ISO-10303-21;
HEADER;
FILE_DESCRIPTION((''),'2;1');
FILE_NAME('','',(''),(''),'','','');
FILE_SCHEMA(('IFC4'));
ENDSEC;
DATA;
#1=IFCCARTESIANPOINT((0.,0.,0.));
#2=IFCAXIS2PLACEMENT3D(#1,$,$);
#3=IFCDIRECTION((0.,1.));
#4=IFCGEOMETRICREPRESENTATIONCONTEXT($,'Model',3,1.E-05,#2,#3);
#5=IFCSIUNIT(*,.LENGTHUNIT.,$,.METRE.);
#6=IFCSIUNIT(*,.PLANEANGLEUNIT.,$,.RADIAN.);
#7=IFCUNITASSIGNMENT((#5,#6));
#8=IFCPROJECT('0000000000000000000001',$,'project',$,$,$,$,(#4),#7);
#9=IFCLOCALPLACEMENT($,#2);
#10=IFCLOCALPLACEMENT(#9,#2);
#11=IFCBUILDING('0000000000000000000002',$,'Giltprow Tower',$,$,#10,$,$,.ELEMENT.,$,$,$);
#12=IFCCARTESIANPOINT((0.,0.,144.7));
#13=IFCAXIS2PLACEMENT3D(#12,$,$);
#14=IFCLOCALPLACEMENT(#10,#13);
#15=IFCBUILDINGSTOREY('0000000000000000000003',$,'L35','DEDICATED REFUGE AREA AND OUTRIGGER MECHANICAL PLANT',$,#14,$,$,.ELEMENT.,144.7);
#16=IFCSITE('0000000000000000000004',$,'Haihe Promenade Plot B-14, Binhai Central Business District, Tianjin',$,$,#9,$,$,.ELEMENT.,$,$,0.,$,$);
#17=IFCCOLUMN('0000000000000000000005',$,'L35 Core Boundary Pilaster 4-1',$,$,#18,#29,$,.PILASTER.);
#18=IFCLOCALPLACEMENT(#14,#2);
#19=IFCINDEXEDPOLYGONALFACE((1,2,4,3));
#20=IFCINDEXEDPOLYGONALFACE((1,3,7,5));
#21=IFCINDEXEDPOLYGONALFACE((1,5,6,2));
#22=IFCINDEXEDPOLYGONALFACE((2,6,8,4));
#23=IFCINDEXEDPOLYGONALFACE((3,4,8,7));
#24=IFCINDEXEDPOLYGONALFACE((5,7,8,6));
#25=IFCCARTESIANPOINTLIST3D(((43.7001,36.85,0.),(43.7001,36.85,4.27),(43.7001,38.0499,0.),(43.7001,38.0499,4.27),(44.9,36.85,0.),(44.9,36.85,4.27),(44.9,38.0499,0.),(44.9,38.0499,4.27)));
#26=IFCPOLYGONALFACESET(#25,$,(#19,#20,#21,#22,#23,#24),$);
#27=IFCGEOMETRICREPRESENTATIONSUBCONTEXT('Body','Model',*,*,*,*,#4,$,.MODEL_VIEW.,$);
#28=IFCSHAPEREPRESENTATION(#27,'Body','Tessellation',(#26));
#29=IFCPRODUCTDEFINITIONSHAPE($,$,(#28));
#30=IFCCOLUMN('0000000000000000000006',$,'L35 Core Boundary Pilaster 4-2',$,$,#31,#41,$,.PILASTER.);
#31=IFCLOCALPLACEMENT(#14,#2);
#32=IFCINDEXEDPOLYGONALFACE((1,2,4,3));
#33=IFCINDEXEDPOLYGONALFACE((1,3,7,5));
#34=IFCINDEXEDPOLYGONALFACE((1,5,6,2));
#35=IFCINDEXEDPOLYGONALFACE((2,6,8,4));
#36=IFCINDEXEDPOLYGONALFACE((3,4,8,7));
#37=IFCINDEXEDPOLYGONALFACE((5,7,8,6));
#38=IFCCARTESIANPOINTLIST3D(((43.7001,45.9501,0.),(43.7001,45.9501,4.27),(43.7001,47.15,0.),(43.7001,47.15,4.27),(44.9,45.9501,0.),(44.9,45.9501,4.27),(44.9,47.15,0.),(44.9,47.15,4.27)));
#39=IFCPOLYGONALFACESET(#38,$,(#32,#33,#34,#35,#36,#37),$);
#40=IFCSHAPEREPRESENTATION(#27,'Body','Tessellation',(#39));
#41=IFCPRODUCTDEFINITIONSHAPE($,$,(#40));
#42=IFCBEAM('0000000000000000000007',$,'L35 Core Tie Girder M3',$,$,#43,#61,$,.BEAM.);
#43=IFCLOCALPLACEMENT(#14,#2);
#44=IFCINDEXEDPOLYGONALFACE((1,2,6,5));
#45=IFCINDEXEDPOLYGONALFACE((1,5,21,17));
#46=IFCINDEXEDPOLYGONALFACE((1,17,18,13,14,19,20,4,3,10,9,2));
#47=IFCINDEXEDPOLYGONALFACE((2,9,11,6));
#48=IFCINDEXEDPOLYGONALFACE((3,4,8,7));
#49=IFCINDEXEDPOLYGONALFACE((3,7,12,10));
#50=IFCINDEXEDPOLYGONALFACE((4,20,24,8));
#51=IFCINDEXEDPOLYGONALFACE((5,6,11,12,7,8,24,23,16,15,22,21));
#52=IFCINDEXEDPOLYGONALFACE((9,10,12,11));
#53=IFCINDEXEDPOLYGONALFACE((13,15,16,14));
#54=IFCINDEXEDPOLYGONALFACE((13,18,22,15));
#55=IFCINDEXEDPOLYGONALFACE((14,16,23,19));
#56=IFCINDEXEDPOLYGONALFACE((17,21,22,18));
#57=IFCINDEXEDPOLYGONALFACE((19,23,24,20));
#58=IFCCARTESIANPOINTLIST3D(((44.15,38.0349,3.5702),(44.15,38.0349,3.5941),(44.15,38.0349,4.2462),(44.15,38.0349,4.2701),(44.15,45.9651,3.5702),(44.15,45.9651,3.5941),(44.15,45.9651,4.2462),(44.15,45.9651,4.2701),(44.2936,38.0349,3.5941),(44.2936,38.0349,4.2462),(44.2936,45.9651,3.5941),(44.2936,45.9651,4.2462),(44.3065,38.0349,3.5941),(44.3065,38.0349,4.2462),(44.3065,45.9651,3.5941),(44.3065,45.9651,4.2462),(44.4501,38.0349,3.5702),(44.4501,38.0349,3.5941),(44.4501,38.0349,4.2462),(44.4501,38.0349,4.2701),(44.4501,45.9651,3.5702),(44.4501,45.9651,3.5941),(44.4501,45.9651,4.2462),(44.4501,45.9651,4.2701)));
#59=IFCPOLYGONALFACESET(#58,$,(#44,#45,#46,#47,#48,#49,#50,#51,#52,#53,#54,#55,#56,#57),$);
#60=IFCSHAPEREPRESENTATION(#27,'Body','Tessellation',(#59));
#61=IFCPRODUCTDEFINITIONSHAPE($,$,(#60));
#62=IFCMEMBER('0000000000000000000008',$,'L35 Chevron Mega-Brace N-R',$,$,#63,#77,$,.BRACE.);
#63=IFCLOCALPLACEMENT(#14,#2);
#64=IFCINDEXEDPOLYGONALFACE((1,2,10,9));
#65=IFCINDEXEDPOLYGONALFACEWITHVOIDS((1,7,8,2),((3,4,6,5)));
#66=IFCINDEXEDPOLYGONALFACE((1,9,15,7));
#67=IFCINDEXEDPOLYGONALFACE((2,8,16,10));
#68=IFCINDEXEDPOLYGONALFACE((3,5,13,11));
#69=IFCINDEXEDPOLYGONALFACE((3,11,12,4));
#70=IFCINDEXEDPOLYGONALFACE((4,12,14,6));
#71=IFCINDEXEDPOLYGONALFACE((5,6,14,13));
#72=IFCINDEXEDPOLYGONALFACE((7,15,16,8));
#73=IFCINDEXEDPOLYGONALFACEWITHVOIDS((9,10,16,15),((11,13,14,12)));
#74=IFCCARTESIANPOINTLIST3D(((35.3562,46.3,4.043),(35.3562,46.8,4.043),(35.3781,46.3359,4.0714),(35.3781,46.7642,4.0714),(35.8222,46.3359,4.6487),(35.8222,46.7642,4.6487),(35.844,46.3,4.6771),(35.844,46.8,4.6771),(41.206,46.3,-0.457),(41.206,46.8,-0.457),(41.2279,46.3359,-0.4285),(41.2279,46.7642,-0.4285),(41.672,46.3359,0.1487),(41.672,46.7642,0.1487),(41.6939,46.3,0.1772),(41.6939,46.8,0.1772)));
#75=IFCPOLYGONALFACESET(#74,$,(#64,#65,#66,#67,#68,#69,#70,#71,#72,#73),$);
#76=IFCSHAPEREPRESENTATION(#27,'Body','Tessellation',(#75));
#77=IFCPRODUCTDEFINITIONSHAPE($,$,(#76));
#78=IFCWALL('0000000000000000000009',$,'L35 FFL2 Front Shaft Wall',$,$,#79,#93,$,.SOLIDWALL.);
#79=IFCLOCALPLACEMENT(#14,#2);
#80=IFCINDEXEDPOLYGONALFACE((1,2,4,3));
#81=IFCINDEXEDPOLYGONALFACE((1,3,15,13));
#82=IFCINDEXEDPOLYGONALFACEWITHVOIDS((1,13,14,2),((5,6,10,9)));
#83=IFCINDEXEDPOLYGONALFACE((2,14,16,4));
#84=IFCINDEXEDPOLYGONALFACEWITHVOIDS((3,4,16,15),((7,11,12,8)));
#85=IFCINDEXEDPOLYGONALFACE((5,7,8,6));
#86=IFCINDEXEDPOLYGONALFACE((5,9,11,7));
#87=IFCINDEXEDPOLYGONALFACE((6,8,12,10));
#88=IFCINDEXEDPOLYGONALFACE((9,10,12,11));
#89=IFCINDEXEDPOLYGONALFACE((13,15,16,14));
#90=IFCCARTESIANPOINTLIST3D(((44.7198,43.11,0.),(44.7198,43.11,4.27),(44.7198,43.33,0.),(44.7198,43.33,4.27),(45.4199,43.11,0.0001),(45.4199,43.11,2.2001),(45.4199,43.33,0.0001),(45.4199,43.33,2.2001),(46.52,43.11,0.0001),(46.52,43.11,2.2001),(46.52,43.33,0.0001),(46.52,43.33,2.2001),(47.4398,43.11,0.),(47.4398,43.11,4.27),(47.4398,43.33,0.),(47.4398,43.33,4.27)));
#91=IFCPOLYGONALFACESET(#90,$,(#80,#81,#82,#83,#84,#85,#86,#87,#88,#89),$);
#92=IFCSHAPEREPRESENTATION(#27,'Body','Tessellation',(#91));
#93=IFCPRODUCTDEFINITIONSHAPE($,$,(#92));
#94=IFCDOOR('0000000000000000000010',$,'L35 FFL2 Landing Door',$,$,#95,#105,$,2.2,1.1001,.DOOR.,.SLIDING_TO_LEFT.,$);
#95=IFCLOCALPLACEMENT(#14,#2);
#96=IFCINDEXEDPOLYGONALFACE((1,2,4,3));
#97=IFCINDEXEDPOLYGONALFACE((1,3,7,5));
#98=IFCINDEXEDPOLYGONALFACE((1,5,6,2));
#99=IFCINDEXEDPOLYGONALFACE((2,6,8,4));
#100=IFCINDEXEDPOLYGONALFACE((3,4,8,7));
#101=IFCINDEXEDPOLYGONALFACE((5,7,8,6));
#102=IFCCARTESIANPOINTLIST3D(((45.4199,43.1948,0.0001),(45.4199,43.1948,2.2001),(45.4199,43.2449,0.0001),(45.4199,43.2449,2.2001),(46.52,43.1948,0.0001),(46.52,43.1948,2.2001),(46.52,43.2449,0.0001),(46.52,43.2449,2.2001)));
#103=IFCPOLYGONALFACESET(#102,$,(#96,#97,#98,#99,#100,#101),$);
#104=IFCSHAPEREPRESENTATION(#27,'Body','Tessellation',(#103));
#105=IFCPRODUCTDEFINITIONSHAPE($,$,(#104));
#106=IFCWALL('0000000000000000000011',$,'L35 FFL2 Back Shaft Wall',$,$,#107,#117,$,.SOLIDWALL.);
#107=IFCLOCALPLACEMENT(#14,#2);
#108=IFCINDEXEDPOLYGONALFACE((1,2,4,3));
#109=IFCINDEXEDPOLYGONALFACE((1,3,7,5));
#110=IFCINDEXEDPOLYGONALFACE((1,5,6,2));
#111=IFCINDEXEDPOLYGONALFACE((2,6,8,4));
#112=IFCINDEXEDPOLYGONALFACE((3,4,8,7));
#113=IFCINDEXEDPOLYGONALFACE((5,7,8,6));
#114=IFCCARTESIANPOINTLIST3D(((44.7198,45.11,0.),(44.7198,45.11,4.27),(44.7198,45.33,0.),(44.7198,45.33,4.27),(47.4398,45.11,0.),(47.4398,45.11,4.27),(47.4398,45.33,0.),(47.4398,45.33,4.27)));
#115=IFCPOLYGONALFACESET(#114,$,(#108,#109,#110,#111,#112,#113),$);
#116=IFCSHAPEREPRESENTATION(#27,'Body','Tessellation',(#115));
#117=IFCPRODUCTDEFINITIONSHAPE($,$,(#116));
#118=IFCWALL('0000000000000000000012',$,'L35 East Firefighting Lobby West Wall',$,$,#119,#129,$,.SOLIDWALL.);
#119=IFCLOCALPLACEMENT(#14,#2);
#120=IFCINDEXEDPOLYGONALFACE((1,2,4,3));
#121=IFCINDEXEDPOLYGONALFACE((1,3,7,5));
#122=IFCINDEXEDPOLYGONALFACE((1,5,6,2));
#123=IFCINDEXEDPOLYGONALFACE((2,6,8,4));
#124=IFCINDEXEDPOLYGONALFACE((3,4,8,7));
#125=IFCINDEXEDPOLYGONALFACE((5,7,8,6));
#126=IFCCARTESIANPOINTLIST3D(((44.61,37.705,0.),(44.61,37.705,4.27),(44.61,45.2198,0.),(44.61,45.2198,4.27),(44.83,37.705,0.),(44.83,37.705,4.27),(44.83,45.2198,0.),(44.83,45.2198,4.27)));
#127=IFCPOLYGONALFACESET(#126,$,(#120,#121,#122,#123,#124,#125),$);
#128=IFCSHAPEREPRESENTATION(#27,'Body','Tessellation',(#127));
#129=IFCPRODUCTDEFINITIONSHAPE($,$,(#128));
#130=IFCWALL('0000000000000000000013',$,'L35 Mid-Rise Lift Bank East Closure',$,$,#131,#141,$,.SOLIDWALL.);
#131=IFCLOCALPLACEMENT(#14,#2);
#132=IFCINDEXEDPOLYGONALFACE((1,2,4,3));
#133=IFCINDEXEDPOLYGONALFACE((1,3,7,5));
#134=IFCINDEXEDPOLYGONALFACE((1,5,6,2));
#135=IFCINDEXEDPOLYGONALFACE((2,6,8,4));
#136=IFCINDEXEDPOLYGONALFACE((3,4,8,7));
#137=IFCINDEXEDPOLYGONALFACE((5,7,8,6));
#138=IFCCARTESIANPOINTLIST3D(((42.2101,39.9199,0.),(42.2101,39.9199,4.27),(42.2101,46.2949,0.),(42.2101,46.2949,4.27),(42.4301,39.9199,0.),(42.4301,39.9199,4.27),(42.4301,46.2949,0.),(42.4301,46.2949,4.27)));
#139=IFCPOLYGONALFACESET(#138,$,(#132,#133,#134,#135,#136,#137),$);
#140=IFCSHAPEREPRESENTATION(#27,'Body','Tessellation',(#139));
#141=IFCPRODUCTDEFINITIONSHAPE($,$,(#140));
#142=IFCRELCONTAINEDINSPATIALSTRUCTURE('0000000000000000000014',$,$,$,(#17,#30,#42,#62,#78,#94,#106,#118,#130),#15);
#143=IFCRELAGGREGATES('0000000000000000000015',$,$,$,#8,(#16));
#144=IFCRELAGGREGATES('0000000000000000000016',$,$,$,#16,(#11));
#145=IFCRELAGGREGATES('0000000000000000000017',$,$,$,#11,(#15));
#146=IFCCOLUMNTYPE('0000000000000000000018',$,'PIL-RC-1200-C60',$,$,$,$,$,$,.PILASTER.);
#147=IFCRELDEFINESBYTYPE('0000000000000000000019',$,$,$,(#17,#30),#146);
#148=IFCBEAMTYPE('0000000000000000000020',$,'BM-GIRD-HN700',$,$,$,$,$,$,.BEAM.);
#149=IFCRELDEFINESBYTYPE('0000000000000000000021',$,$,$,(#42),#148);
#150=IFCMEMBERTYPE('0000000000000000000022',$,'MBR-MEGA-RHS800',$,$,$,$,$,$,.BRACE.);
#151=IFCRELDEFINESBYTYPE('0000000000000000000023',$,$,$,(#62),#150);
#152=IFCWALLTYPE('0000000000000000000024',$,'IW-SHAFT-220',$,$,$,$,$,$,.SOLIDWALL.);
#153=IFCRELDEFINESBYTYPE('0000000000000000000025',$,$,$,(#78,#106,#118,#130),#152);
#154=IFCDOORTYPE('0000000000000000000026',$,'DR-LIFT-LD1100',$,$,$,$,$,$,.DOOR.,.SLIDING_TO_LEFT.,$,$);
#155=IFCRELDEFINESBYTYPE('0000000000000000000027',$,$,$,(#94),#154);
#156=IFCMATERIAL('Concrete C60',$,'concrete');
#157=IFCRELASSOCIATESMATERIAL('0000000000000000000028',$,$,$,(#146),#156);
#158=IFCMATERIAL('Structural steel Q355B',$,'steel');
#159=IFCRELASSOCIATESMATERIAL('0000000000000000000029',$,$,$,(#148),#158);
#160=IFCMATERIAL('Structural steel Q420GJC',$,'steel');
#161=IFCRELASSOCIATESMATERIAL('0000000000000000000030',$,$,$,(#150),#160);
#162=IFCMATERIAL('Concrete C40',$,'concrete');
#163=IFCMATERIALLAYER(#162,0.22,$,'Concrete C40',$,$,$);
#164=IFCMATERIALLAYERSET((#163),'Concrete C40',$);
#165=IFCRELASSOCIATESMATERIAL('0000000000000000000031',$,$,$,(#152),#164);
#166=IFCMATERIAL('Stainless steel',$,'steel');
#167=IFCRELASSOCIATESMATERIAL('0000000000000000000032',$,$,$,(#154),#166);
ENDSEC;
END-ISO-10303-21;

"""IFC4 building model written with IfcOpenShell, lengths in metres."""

from ifc_helpers import new_model, si_unit, direction, frame, frame_2d, origin, origin_2d, place, context, subcontext, project, spatial, rectangle, hollow_rectangle, i_section, extrude, source, transform, mapped, material, layer, layer_set, material_profile, profile_set, type_object, element, fill, save


model = new_model("IFC4")

# Units and contexts
model_context = context("Model", 3, precision=1e-05, world=origin(), true_north=direction((0.0, 1.0)))
body_context = subcontext(model_context, "Body", "Model", "MODEL_VIEW")
ifc_project = project(units=[si_unit("LENGTHUNIT", "METRE"), si_unit("PLANEANGLEUNIT", "RADIAN")], contexts=[model_context])

# Site, building, storey
site_placement = place(None, origin())
site = spatial("IfcSite", under=ifc_project, at=site_placement, Name="Haihe Promenade Plot B-14, Binhai Central Business District, Tianjin", CompositionType="ELEMENT", RefElevation=0.0)
building_placement = place(site_placement, origin())
building = spatial("IfcBuilding", under=site, at=building_placement, Name="Giltprow Tower", CompositionType="ELEMENT")
storey_placement = place(building_placement, frame((0.0, 0.0, 144.7)))
storey = spatial("IfcBuildingStorey", under=building, at=storey_placement, Name="L35", Description="DEDICATED REFUGE AREA AND OUTRIGGER MECHANICAL PLANT", CompositionType="ELEMENT", Elevation=144.7)

# Columns
ifc_material_1 = material(Name="Concrete C60", Category="concrete")
ifc_material_profile_1 = material_profile(ifc_material_1, rectangle(XDim=1.2, YDim=1.2, at=origin_2d()), Name="RC 1200x1200")
ifc_profile_set_1 = profile_set([ifc_material_profile_1], Name="Concrete C60")
column_type = type_object("IfcColumnType", Name="PIL-RC-1200-C60", PredefinedType="PILASTER", material=ifc_profile_set_1)
shared_shape_1 = source(origin(), body_context, "Body", "SweptSolid", [
    extrude(rectangle(XDim=1.2, YDim=1.2, at=origin_2d()), origin(), (0.0, 0.0, 1.0), 4.27),
])
for number, where, z_axis, x_axis, name in (
    (1, (44.3, 37.45, 0.0), (0.0, 0.0, 1.0), (1.0, 0.0, 0.0), "L35 Core Boundary Pilaster 4-1"),
    (2, (44.3, 46.55, 0.0), (0.0, 0.0, 1.0), (1.0, 0.0, 0.0), "L35 Core Boundary Pilaster 4-2"),
):
    element("IfcColumn", number, at=place(storey_placement, frame(where, z_axis=z_axis, x_axis=x_axis)), inside=storey, type_object=column_type, Name=name, PredefinedType="PILASTER", context=body_context, shape_type="MappedRepresentation", body=[
        mapped(shared_shape_1, transform((0.0, 0.0, 0.0), x_axis=(1.0, 0.0, 0.0), y_axis=(0.0, 1.0, 0.0), z_axis=(0.0, 0.0, 1.0), scale=1.0)),
    ])

# Beam
ifc_material_2 = material(Name="Structural steel Q355B", Category="steel")
ifc_material_profile_2 = material_profile(ifc_material_2, i_section(OverallWidth=0.3, OverallDepth=0.7, WebThickness=0.0129, FlangeThickness=0.0239, at=origin_2d()), Name="HN 700x300x13x24")
ifc_profile_set_2 = profile_set([ifc_material_profile_2], Name="Structural steel Q355B")
beam_type = type_object("IfcBeamType", Name="BM-GIRD-HN700", PredefinedType="BEAM", material=ifc_profile_set_2)
shared_shape_2 = source(origin(), body_context, "Body", "SweptSolid", [
    extrude(i_section(OverallWidth=0.3, OverallDepth=0.7, WebThickness=0.0129, FlangeThickness=0.0239, at=origin_2d()), origin(), (0.0, 0.0, 1.0), 7.9302),
])
beam_placement = place(storey_placement, frame((44.3, 38.0349, 3.9202), z_axis=(0.0, 1.0, 0.0), x_axis=(-1.0, 0.0, 0.0)))
element("IfcBeam", 3, at=beam_placement, inside=storey, type_object=beam_type, Name="L35 Core Tie Girder M3", PredefinedType="BEAM", context=body_context, shape_type="MappedRepresentation", body=[
    mapped(shared_shape_2, transform((0.0, 0.0, 0.0), x_axis=(1.0, 0.0, 0.0), y_axis=(0.0, 1.0, 0.0), z_axis=(0.0, 0.0, 1.0), scale=1.0)),
])

# Member
ifc_material_3 = material(Name="Structural steel Q420GJC", Category="steel")
ifc_material_profile_3 = material_profile(ifc_material_3, hollow_rectangle(XDim=0.5, YDim=0.8, WallThickness=0.0359, at=origin_2d()), Name="RHS 800x500x36")
ifc_profile_set_3 = profile_set([ifc_material_profile_3], Name="Structural steel Q420GJC")
member_type = type_object("IfcMemberType", Name="MBR-MEGA-RHS800", PredefinedType="BRACE", material=ifc_profile_set_3)
shared_shape_3 = source(origin(), body_context, "Body", "SweptSolid", [
    extrude(hollow_rectangle(XDim=0.5, YDim=0.8, WallThickness=0.0359, at=origin_2d()), origin(), (0.0, 0.0, 1.0), 7.3804),
])
member_placement = place(storey_placement, frame((41.45, 46.55, -0.1399), z_axis=(-0.792617, 0.0, 0.60972), x_axis=(0.0, -1.0, 0.0)))
element("IfcMember", 4, at=member_placement, inside=storey, type_object=member_type, Name="L35 Chevron Mega-Brace N-R", PredefinedType="BRACE", context=body_context, shape_type="MappedRepresentation", body=[
    mapped(shared_shape_3, transform((0.0, 0.0, 0.0), x_axis=(1.0, 0.0, 0.0), y_axis=(0.0, 1.0, 0.0), z_axis=(0.0, 0.0, 1.0), scale=1.0)),
])

# Wall, opening, door
ifc_material_4 = material(Name="Concrete C40", Category="concrete")
ifc_layer_1 = layer(ifc_material_4, 0.22, Name="Concrete C40")
ifc_layer_set_1 = layer_set([ifc_layer_1], Name="Concrete C40")
wall_type_1 = type_object("IfcWallType", Name="IW-SHAFT-220", PredefinedType="SOLIDWALL", material=ifc_layer_set_1)
wall_1_placement = place(storey_placement, frame((44.72, 43.22, 0.0), z_axis=(0.0, 0.0, 1.0), x_axis=(1.0, 0.0, 0.0)))
wall_1 = element("IfcWall", 5, at=wall_1_placement, inside=storey, type_object=wall_type_1, Name="L35 FFL2 Front Shaft Wall", PredefinedType="SOLIDWALL", context=body_context, shape_type="SweptSolid", body=[
    extrude(rectangle(XDim=2.72, YDim=0.22, at=frame_2d((1.3599, 0.0))), origin(), (0.0, 0.0, 1.0), 4.27),
])
opening_1_placement = place(wall_1_placement, frame((0.7, 0.0, 0.0)))
opening_1 = element("IfcOpeningElement", 6, at=opening_1_placement, cuts=wall_1, PredefinedType="OPENING", context=body_context, shape_type="SweptSolid", body=[
    extrude(rectangle(XDim=1.1001, YDim=2.2, at=frame_2d((0.55, 1.1001))), frame((0.0, 0.1199, 0.0), z_axis=(0.0, -1.0, 0.0), x_axis=(1.0, 0.0, 0.0)), (0.0, 0.0, 1.0), 0.24),
])
ifc_material_5 = material(Name="Stainless steel", Category="steel")
door_type_1 = type_object("IfcDoorType", Name="DR-LIFT-LD1100", OperationType="SLIDING_TO_LEFT", PredefinedType="DOOR", material=ifc_material_5)
shared_shape_4 = source(origin(), body_context, "Body", "SweptSolid", [
    extrude(rectangle(XDim=1.1001, YDim=2.2, at=frame_2d((0.55, 1.1001))), frame((0.0, 0.0249, 0.0), z_axis=(0.0, -1.0, 0.0), x_axis=(1.0, 0.0, 0.0)), (0.0, 0.0, 1.0), 0.05),
])
door_1_placement = place(opening_1_placement, origin())
door_1 = element("IfcDoor", 7, at=door_1_placement, inside=storey, type_object=door_type_1, Name="L35 FFL2 Landing Door", OperationType="SLIDING_TO_LEFT", OverallHeight=2.2, OverallWidth=1.1001, PredefinedType="DOOR", context=body_context, shape_type="MappedRepresentation", body=[
    mapped(shared_shape_4, transform((0.0, 0.0, 0.0), x_axis=(1.0, 0.0, 0.0), y_axis=(0.0, 1.0, 0.0), z_axis=(0.0, 0.0, 1.0), scale=1.0)),
])
fill(opening_1, door_1)

# Walls
wall_2_placement = place(storey_placement, frame((44.72, 45.22, 0.0), z_axis=(0.0, 0.0, 1.0), x_axis=(1.0, 0.0, 0.0)))
element("IfcWall", 8, at=wall_2_placement, inside=storey, type_object=wall_type_1, Name="L35 FFL2 Back Shaft Wall", PredefinedType="SOLIDWALL", context=body_context, shape_type="SweptSolid", body=[
    extrude(rectangle(XDim=2.72, YDim=0.22, at=frame_2d((1.3599, 0.0))), origin(), (0.0, 0.0, 1.0), 4.27),
])
wall_3_placement = place(storey_placement, frame((44.72, 37.7051, 0.0), z_axis=(0.0, 0.0, 1.0), x_axis=(0.0, 1.0, 0.0)))
element("IfcWall", 9, at=wall_3_placement, inside=storey, type_object=wall_type_1, Name="L35 East Firefighting Lobby West Wall", PredefinedType="SOLIDWALL", context=body_context, shape_type="SweptSolid", body=[
    extrude(rectangle(XDim=7.5149, YDim=0.22, at=frame_2d((3.7573, 0.0))), origin(), (0.0, 0.0, 1.0), 4.27),
])
wall_4_placement = place(storey_placement, frame((42.3201, 39.9199, 0.0), z_axis=(0.0, 0.0, 1.0), x_axis=(0.0, 1.0, 0.0)))
element("IfcWall", 10, at=wall_4_placement, inside=storey, type_object=wall_type_1, Name="L35 Mid-Rise Lift Bank East Closure", PredefinedType="SOLIDWALL", context=body_context, shape_type="SweptSolid", body=[
    extrude(rectangle(XDim=6.375, YDim=0.22, at=frame_2d((3.1875, 0.0))), origin(), (0.0, 0.0, 1.0), 4.27),
])

save(model, "model.ifc")
